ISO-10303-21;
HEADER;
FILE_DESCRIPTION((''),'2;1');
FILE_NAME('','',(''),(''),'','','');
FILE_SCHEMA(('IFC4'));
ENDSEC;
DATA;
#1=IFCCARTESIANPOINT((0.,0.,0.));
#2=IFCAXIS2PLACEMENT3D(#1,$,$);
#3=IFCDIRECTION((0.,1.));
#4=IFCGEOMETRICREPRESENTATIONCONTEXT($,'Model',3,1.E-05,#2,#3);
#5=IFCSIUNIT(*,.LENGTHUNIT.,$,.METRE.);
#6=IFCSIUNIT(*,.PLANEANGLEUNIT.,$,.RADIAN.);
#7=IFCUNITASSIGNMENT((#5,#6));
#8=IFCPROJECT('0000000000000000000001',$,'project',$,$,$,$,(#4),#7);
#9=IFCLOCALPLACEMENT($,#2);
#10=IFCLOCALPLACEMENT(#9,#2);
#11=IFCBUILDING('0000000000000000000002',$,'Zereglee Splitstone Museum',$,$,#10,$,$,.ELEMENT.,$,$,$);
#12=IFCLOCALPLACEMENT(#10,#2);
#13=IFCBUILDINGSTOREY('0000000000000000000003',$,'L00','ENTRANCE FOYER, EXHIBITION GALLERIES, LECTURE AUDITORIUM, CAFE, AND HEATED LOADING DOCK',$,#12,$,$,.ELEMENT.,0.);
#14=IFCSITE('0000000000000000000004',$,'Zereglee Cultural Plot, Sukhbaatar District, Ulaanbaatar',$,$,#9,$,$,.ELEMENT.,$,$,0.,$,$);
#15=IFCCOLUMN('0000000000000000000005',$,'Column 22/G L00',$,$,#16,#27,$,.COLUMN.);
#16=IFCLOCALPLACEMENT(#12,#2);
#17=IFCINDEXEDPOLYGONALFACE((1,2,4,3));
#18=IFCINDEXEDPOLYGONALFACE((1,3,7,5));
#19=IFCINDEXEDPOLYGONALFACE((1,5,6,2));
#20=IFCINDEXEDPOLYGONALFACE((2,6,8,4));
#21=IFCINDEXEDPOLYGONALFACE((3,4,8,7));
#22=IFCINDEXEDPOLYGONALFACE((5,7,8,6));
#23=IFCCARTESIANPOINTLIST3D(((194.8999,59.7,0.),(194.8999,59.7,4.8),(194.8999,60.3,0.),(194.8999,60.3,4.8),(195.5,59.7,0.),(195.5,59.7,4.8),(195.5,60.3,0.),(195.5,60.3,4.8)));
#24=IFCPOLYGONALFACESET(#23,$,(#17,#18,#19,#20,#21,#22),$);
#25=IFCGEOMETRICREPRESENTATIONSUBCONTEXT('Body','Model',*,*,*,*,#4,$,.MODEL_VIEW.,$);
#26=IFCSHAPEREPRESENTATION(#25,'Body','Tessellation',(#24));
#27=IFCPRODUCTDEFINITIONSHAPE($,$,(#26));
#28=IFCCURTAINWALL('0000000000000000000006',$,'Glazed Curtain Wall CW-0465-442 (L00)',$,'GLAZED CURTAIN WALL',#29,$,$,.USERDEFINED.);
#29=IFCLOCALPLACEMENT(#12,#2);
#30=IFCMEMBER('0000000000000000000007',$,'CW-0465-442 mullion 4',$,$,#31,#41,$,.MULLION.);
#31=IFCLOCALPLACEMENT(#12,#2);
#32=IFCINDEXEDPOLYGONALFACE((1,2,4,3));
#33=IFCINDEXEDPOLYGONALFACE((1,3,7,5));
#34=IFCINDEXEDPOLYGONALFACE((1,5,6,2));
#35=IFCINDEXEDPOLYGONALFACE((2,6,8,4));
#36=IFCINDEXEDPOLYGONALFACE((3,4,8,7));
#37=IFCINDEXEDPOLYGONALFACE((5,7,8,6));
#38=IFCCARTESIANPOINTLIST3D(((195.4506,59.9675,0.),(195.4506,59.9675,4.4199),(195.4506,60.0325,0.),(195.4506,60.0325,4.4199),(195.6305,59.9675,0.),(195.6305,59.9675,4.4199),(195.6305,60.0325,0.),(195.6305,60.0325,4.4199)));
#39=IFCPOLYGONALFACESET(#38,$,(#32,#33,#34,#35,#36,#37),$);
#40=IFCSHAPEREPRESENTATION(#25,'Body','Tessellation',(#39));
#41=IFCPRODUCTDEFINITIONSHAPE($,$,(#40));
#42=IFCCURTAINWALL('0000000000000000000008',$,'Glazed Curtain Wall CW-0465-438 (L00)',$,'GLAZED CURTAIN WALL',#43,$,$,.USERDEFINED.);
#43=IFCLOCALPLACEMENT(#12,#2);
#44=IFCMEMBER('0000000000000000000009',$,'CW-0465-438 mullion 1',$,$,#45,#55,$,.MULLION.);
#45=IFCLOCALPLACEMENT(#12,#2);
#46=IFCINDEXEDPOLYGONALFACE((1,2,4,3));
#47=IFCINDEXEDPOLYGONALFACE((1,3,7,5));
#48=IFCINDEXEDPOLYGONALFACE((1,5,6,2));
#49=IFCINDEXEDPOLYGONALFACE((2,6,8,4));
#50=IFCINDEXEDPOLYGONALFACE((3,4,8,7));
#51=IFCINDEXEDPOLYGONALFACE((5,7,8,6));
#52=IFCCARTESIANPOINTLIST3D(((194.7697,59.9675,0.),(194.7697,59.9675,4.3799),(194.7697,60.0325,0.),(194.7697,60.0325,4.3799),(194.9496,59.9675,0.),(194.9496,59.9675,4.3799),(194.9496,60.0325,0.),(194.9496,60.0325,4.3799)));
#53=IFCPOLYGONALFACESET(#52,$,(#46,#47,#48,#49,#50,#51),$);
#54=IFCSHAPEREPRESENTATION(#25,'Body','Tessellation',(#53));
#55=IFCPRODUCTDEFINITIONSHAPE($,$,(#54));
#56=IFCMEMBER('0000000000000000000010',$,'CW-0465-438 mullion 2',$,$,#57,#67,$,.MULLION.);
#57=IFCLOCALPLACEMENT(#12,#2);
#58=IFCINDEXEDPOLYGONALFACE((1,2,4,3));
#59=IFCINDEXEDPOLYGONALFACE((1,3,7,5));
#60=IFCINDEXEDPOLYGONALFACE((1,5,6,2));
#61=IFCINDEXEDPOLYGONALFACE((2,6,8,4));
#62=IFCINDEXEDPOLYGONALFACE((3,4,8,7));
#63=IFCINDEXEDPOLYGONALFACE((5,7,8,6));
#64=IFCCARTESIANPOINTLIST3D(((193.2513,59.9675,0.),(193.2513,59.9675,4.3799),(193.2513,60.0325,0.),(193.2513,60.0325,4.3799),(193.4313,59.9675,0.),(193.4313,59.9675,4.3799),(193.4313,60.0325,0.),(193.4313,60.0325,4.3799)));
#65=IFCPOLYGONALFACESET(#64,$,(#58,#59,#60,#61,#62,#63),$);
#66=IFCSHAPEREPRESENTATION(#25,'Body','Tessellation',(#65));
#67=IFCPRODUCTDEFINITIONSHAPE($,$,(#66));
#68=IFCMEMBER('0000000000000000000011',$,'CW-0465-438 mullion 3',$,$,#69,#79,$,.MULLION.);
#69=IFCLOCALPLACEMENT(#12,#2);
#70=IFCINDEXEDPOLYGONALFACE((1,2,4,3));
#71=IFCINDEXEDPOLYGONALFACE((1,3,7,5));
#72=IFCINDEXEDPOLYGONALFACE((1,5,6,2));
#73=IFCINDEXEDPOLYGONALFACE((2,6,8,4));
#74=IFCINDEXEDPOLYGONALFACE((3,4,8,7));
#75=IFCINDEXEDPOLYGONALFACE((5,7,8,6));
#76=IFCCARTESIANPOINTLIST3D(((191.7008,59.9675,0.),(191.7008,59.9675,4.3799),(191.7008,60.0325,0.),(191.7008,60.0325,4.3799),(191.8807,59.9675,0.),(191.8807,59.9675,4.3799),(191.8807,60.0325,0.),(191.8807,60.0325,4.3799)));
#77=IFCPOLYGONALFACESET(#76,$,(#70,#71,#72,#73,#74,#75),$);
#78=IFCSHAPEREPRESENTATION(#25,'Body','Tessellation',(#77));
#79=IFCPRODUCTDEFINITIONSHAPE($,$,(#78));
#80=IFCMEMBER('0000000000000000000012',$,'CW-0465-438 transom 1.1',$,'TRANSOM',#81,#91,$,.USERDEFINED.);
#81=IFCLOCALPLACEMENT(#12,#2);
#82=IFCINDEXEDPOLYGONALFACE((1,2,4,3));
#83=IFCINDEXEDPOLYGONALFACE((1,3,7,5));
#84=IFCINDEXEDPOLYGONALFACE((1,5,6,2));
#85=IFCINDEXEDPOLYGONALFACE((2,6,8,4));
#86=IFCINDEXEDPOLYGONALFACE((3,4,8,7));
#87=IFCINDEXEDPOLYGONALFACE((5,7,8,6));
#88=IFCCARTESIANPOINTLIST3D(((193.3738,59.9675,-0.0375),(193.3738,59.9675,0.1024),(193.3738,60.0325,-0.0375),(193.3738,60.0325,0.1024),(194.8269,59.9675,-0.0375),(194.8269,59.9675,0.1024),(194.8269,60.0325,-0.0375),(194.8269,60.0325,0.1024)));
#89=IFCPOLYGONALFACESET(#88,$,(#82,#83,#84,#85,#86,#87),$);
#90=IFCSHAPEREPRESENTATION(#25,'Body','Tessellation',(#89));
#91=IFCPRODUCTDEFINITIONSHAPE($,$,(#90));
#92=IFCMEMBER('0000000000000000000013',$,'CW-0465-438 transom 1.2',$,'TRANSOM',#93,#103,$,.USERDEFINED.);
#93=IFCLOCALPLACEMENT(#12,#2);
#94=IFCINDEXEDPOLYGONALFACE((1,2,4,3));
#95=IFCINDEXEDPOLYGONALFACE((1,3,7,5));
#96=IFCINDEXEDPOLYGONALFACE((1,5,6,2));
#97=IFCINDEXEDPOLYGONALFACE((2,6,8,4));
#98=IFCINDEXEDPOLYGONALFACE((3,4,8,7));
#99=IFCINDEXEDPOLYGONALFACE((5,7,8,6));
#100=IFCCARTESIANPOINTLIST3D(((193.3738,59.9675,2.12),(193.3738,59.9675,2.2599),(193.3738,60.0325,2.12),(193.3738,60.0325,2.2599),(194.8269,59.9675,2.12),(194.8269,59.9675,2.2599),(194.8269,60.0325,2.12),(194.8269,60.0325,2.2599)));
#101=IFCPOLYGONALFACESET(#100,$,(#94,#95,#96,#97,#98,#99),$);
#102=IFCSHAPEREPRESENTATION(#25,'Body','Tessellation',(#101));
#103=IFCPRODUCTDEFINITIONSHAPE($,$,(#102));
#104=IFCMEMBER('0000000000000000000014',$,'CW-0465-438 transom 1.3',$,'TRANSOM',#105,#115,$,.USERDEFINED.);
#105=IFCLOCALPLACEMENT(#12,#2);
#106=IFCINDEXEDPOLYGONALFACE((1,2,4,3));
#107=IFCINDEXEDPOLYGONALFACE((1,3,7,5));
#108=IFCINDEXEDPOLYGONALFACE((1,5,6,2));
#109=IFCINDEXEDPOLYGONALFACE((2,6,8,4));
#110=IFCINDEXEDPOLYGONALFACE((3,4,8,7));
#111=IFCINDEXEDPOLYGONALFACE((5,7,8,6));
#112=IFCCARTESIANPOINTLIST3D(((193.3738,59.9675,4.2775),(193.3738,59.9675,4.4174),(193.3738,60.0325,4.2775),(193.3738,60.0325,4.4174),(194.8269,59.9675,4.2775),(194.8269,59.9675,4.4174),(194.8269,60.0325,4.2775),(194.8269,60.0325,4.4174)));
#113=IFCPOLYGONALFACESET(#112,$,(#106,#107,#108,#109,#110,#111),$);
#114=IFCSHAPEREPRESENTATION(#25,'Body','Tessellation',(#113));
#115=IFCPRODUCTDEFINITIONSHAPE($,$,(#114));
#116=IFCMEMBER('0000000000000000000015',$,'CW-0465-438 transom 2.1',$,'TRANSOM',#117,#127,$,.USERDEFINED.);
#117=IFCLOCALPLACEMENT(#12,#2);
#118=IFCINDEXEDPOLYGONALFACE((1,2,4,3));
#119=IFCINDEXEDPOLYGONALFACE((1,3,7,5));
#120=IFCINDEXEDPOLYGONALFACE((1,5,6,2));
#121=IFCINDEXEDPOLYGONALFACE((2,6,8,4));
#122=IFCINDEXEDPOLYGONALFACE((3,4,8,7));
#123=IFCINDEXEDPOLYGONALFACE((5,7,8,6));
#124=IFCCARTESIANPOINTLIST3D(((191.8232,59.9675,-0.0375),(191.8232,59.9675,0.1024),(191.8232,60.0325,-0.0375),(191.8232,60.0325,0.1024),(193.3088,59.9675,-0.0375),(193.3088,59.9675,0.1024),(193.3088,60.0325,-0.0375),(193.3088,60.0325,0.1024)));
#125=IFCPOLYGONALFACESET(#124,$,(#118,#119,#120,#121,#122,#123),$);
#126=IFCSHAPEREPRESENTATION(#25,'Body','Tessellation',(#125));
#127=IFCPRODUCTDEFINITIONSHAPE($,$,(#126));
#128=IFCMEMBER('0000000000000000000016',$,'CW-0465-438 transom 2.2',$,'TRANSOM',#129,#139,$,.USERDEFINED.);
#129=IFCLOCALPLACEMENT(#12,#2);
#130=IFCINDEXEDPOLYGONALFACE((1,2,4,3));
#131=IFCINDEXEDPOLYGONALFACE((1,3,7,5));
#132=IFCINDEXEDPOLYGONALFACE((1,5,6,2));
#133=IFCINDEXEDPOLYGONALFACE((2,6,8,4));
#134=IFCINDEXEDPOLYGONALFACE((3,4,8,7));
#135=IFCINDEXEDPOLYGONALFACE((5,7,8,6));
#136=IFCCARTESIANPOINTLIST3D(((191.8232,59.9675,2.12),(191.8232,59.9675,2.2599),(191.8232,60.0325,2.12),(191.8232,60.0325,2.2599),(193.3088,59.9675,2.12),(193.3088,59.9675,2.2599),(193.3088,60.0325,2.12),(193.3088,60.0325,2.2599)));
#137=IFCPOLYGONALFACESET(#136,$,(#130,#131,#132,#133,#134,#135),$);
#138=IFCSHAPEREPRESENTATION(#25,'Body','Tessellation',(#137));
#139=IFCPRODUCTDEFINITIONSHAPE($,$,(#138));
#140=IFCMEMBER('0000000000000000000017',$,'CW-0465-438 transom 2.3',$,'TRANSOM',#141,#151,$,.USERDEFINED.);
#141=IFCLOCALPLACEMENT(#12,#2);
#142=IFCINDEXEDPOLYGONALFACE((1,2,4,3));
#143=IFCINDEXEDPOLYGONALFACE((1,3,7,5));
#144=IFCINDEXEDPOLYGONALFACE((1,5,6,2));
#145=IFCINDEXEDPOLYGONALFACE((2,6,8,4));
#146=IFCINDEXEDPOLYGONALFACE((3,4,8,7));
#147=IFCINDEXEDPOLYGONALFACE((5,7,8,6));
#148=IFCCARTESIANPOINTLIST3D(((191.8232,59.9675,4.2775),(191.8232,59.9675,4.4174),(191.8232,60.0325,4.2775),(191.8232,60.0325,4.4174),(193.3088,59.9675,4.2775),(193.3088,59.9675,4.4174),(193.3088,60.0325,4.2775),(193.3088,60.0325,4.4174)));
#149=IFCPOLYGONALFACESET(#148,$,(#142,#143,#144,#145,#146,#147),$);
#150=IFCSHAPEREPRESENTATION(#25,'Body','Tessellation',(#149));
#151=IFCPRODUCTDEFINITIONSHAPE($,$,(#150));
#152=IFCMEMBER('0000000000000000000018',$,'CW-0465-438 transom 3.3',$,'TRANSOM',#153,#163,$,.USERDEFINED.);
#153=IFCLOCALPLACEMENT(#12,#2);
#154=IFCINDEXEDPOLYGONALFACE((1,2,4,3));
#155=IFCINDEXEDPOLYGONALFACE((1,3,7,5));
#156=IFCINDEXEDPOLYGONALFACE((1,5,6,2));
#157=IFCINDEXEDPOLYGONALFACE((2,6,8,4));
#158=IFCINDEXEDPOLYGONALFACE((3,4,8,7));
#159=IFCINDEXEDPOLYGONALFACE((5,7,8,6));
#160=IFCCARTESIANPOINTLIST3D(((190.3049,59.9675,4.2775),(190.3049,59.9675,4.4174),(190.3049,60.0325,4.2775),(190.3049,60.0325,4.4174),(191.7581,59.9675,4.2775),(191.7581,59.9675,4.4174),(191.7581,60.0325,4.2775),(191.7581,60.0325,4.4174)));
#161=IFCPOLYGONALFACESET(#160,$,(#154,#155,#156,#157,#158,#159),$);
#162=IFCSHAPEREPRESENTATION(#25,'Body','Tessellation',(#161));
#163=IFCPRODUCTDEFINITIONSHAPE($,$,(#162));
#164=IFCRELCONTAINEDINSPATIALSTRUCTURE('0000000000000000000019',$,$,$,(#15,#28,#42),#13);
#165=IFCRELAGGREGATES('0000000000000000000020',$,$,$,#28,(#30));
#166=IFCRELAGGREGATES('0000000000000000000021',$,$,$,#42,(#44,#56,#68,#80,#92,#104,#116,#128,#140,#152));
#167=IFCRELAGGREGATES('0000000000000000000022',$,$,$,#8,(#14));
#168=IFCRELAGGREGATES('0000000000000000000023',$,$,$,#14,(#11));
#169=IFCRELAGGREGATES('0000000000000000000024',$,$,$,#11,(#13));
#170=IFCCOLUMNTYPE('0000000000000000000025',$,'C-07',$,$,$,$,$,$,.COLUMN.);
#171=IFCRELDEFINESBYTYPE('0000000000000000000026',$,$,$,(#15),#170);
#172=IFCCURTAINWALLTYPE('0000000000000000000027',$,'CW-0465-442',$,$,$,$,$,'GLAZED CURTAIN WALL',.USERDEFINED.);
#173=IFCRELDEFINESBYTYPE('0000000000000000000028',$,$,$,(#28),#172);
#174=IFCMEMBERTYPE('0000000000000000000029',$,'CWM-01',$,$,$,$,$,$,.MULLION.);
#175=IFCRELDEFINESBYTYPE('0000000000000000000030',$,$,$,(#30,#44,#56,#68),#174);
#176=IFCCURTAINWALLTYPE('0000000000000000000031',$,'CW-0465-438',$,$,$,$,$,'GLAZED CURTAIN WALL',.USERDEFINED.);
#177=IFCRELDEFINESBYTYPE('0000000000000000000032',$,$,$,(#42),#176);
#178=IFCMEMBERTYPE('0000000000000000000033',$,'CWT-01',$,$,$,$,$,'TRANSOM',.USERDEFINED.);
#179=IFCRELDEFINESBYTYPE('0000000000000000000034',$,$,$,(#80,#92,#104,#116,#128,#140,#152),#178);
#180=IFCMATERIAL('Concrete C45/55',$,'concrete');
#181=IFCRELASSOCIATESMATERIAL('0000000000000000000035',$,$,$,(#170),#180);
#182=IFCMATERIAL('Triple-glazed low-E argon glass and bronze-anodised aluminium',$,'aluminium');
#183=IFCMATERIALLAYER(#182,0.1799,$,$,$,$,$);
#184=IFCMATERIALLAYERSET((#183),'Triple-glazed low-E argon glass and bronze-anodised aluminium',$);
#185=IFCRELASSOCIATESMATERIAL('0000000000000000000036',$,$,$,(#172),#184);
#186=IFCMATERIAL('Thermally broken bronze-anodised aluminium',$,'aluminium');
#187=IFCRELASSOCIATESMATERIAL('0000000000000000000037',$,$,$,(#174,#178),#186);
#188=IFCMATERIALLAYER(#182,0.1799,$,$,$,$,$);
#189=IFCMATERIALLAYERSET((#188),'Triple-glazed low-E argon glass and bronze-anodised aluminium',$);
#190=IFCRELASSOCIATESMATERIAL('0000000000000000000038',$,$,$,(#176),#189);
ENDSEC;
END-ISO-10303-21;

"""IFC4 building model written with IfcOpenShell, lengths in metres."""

from ifc_helpers import new_model, si_unit, direction, frame, origin, origin_2d, place, context, subcontext, project, spatial, rectangle, extrude, material, layer, layer_set, material_profile, profile_set, type_object, element, aggregate, save


model = new_model("IFC4")

# Units and contexts
model_context = context("Model", 3, precision=1e-05, world=origin(), true_north=direction((0.0, 1.0)))
body_context = subcontext(model_context, "Body", "Model", "MODEL_VIEW")
ifc_project = project(units=[si_unit("LENGTHUNIT", "METRE"), si_unit("PLANEANGLEUNIT", "RADIAN")], contexts=[model_context])

# Site, building, storey
site_placement = place(None, origin())
site = spatial("IfcSite", under=ifc_project, at=site_placement, Name="Zereglee Cultural Plot, Sukhbaatar District, Ulaanbaatar", CompositionType="ELEMENT", RefElevation=0.0)
building_placement = place(site_placement, origin())
building = spatial("IfcBuilding", under=site, at=building_placement, Name="Zereglee Splitstone Museum", CompositionType="ELEMENT")
storey_placement = place(building_placement, origin())
storey = spatial("IfcBuildingStorey", under=building, at=storey_placement, Name="L00", Description="ENTRANCE FOYER, EXHIBITION GALLERIES, LECTURE AUDITORIUM, CAFE, AND HEATED LOADING DOCK", CompositionType="ELEMENT", Elevation=0.0)

# Column
ifc_material_1 = material(Name="Concrete C45/55", Category="concrete")
ifc_material_profile_1 = material_profile(ifc_material_1, rectangle(XDim=0.6001, YDim=0.6001, at=origin_2d()), Name="RC 600x600")
ifc_profile_set_1 = profile_set([ifc_material_profile_1], Name="Concrete C45/55")
column_type = type_object("IfcColumnType", Name="C-07", PredefinedType="COLUMN", material=ifc_profile_set_1)
column_placement = place(storey_placement, frame((195.2, 60.0, 0.0), z_axis=(0.0, 0.0, 1.0), x_axis=(1.0, 0.0, 0.0)))
element("IfcColumn", 1, at=column_placement, inside=storey, type_object=column_type, Name="Column 22/G L00", PredefinedType="COLUMN", context=body_context, shape_type="SweptSolid", body=[
    extrude(rectangle(XDim=0.6001, YDim=0.6001, at=origin_2d()), origin(), (0.0, 0.0, 1.0), 4.8),
])

# Curtain wall, member
ifc_material_2 = material(Name="Triple-glazed low-E argon glass and bronze-anodised aluminium", Category="aluminium")
ifc_layer_1 = layer(ifc_material_2, 0.1799)
ifc_layer_set_1 = layer_set([ifc_layer_1], Name="Triple-glazed low-E argon glass and bronze-anodised aluminium")
curtain_wall_type_1 = type_object("IfcCurtainWallType", Name="CW-0465-442", ElementType="GLAZED CURTAIN WALL", PredefinedType="USERDEFINED", material=ifc_layer_set_1)
curtain_wall_1_placement = place(storey_placement, origin())
curtain_wall_1 = element("IfcCurtainWall", 2, at=curtain_wall_1_placement, inside=storey, type_object=curtain_wall_type_1, Name="Glazed Curtain Wall CW-0465-442 (L00)", ObjectType="GLAZED CURTAIN WALL", PredefinedType="USERDEFINED")
ifc_material_3 = material(Name="Thermally broken bronze-anodised aluminium", Category="aluminium")
ifc_material_profile_2 = material_profile(ifc_material_3, rectangle(XDim=0.0649, YDim=0.1799, at=origin_2d()), Name="CW MULL 65x180")
ifc_profile_set_2 = profile_set([ifc_material_profile_2], Name="Thermally broken bronze-anodised aluminium")
member_type_1 = type_object("IfcMemberType", Name="CWM-01", PredefinedType="MULLION", material=ifc_profile_set_2)
member_1_placement = place(storey_placement, frame((195.5405, 60.0, 0.0), z_axis=(0.0, 0.0, 1.0), x_axis=(0.0, -1.0, 0.0)))
member_1 = element("IfcMember", 3, at=member_1_placement, type_object=member_type_1, Name="CW-0465-442 mullion 4", PredefinedType="MULLION", context=body_context, shape_type="SweptSolid", body=[
    extrude(rectangle(XDim=0.0649, YDim=0.1799, at=origin_2d()), origin(), (0.0, 0.0, 1.0), 4.4199),
])

# Curtain wall, members
ifc_layer_2 = layer(ifc_material_2, 0.1799)
ifc_layer_set_2 = layer_set([ifc_layer_2], Name="Triple-glazed low-E argon glass and bronze-anodised aluminium")
curtain_wall_type_2 = type_object("IfcCurtainWallType", Name="CW-0465-438", ElementType="GLAZED CURTAIN WALL", PredefinedType="USERDEFINED", material=ifc_layer_set_2)
curtain_wall_2_placement = place(storey_placement, origin())
curtain_wall_2 = element("IfcCurtainWall", 4, at=curtain_wall_2_placement, inside=storey, type_object=curtain_wall_type_2, Name="Glazed Curtain Wall CW-0465-438 (L00)", ObjectType="GLAZED CURTAIN WALL", PredefinedType="USERDEFINED")
member_2_placement = place(storey_placement, frame((194.8596, 60.0, 0.0), z_axis=(0.0, 0.0, 1.0), x_axis=(0.0, -1.0, 0.0)))
member_2 = element("IfcMember", 5, at=member_2_placement, type_object=member_type_1, Name="CW-0465-438 mullion 1", PredefinedType="MULLION", context=body_context, shape_type="SweptSolid", body=[
    extrude(rectangle(XDim=0.0649, YDim=0.1799, at=origin_2d()), origin(), (0.0, 0.0, 1.0), 4.3799),
])
member_3_placement = place(storey_placement, frame((193.3413, 60.0, 0.0), z_axis=(0.0, 0.0, 1.0), x_axis=(0.0, -1.0, 0.0)))
member_3 = element("IfcMember", 6, at=member_3_placement, type_object=member_type_1, Name="CW-0465-438 mullion 2", PredefinedType="MULLION", context=body_context, shape_type="SweptSolid", body=[
    extrude(rectangle(XDim=0.0649, YDim=0.1799, at=origin_2d()), origin(), (0.0, 0.0, 1.0), 4.3799),
])
member_4_placement = place(storey_placement, frame((191.7908, 60.0, 0.0), z_axis=(0.0, 0.0, 1.0), x_axis=(0.0, -1.0, 0.0)))
member_4 = element("IfcMember", 7, at=member_4_placement, type_object=member_type_1, Name="CW-0465-438 mullion 3", PredefinedType="MULLION", context=body_context, shape_type="SweptSolid", body=[
    extrude(rectangle(XDim=0.0649, YDim=0.1799, at=origin_2d()), origin(), (0.0, 0.0, 1.0), 4.3799),
])
ifc_material_profile_3 = material_profile(ifc_material_3, rectangle(XDim=0.0649, YDim=0.1399, at=origin_2d()), Name="CW TRAN 65x140")
ifc_profile_set_3 = profile_set([ifc_material_profile_3], Name="Thermally broken bronze-anodised aluminium")
member_type_2 = type_object("IfcMemberType", Name="CWT-01", ElementType="TRANSOM", PredefinedType="USERDEFINED", material=ifc_profile_set_3)
member_5_placement = place(storey_placement, frame((194.8269, 60.0, 0.0325), z_axis=(-1.0, 0.0, 0.0), x_axis=(0.0, -1.0, 0.0)))
member_5 = element("IfcMember", 8, at=member_5_placement, type_object=member_type_2, Name="CW-0465-438 transom 1.1", ObjectType="TRANSOM", PredefinedType="USERDEFINED", context=body_context, shape_type="SweptSolid", body=[
    extrude(rectangle(XDim=0.0649, YDim=0.1399, at=origin_2d()), origin(), (0.0, 0.0, 1.0), 1.4531),
])
member_6_placement = place(storey_placement, frame((194.8269, 60.0, 2.1899), z_axis=(-1.0, 0.0, 0.0), x_axis=(0.0, -1.0, 0.0)))
member_6 = element("IfcMember", 9, at=member_6_placement, type_object=member_type_2, Name="CW-0465-438 transom 1.2", ObjectType="TRANSOM", PredefinedType="USERDEFINED", context=body_context, shape_type="SweptSolid", body=[
    extrude(rectangle(XDim=0.0649, YDim=0.1399, at=origin_2d()), origin(), (0.0, 0.0, 1.0), 1.4531),
])
member_7_placement = place(storey_placement, frame((194.8269, 60.0, 4.3474), z_axis=(-1.0, 0.0, 0.0), x_axis=(0.0, -1.0, 0.0)))
member_7 = element("IfcMember", 10, at=member_7_placement, type_object=member_type_2, Name="CW-0465-438 transom 1.3", ObjectType="TRANSOM", PredefinedType="USERDEFINED", context=body_context, shape_type="SweptSolid", body=[
    extrude(rectangle(XDim=0.0649, YDim=0.1399, at=origin_2d()), origin(), (0.0, 0.0, 1.0), 1.4531),
])
member_8_placement = place(storey_placement, frame((193.3088, 60.0, 0.0325), z_axis=(-1.0, 0.0, 0.0), x_axis=(0.0, -1.0, 0.0)))
member_8 = element("IfcMember", 11, at=member_8_placement, type_object=member_type_2, Name="CW-0465-438 transom 2.1", ObjectType="TRANSOM", PredefinedType="USERDEFINED", context=body_context, shape_type="SweptSolid", body=[
    extrude(rectangle(XDim=0.0649, YDim=0.1399, at=origin_2d()), origin(), (0.0, 0.0, 1.0), 1.4856),
])
member_9_placement = place(storey_placement, frame((193.3088, 60.0, 2.1899), z_axis=(-1.0, 0.0, 0.0), x_axis=(0.0, -1.0, 0.0)))
member_9 = element("IfcMember", 12, at=member_9_placement, type_object=member_type_2, Name="CW-0465-438 transom 2.2", ObjectType="TRANSOM", PredefinedType="USERDEFINED", context=body_context, shape_type="SweptSolid", body=[
    extrude(rectangle(XDim=0.0649, YDim=0.1399, at=origin_2d()), origin(), (0.0, 0.0, 1.0), 1.4856),
])
member_10_placement = place(storey_placement, frame((193.3088, 60.0, 4.3474), z_axis=(-1.0, 0.0, 0.0), x_axis=(0.0, -1.0, 0.0)))
member_10 = element("IfcMember", 13, at=member_10_placement, type_object=member_type_2, Name="CW-0465-438 transom 2.3", ObjectType="TRANSOM", PredefinedType="USERDEFINED", context=body_context, shape_type="SweptSolid", body=[
    extrude(rectangle(XDim=0.0649, YDim=0.1399, at=origin_2d()), origin(), (0.0, 0.0, 1.0), 1.4856),
])
member_11_placement = place(storey_placement, frame((191.7581, 60.0, 4.3474), z_axis=(-1.0, 0.0, 0.0), x_axis=(0.0, -1.0, 0.0)))
member_11 = element("IfcMember", 14, at=member_11_placement, type_object=member_type_2, Name="CW-0465-438 transom 3.3", ObjectType="TRANSOM", PredefinedType="USERDEFINED", context=body_context, shape_type="SweptSolid", body=[
    extrude(rectangle(XDim=0.0649, YDim=0.1399, at=origin_2d()), origin(), (0.0, 0.0, 1.0), 1.4531),
])

aggregate(curtain_wall_1, [member_1])
aggregate(curtain_wall_2, [member_2, member_3, member_4, member_5, member_6, member_7, member_8, member_9, member_10, member_11])

save(model, "model.ifc")
